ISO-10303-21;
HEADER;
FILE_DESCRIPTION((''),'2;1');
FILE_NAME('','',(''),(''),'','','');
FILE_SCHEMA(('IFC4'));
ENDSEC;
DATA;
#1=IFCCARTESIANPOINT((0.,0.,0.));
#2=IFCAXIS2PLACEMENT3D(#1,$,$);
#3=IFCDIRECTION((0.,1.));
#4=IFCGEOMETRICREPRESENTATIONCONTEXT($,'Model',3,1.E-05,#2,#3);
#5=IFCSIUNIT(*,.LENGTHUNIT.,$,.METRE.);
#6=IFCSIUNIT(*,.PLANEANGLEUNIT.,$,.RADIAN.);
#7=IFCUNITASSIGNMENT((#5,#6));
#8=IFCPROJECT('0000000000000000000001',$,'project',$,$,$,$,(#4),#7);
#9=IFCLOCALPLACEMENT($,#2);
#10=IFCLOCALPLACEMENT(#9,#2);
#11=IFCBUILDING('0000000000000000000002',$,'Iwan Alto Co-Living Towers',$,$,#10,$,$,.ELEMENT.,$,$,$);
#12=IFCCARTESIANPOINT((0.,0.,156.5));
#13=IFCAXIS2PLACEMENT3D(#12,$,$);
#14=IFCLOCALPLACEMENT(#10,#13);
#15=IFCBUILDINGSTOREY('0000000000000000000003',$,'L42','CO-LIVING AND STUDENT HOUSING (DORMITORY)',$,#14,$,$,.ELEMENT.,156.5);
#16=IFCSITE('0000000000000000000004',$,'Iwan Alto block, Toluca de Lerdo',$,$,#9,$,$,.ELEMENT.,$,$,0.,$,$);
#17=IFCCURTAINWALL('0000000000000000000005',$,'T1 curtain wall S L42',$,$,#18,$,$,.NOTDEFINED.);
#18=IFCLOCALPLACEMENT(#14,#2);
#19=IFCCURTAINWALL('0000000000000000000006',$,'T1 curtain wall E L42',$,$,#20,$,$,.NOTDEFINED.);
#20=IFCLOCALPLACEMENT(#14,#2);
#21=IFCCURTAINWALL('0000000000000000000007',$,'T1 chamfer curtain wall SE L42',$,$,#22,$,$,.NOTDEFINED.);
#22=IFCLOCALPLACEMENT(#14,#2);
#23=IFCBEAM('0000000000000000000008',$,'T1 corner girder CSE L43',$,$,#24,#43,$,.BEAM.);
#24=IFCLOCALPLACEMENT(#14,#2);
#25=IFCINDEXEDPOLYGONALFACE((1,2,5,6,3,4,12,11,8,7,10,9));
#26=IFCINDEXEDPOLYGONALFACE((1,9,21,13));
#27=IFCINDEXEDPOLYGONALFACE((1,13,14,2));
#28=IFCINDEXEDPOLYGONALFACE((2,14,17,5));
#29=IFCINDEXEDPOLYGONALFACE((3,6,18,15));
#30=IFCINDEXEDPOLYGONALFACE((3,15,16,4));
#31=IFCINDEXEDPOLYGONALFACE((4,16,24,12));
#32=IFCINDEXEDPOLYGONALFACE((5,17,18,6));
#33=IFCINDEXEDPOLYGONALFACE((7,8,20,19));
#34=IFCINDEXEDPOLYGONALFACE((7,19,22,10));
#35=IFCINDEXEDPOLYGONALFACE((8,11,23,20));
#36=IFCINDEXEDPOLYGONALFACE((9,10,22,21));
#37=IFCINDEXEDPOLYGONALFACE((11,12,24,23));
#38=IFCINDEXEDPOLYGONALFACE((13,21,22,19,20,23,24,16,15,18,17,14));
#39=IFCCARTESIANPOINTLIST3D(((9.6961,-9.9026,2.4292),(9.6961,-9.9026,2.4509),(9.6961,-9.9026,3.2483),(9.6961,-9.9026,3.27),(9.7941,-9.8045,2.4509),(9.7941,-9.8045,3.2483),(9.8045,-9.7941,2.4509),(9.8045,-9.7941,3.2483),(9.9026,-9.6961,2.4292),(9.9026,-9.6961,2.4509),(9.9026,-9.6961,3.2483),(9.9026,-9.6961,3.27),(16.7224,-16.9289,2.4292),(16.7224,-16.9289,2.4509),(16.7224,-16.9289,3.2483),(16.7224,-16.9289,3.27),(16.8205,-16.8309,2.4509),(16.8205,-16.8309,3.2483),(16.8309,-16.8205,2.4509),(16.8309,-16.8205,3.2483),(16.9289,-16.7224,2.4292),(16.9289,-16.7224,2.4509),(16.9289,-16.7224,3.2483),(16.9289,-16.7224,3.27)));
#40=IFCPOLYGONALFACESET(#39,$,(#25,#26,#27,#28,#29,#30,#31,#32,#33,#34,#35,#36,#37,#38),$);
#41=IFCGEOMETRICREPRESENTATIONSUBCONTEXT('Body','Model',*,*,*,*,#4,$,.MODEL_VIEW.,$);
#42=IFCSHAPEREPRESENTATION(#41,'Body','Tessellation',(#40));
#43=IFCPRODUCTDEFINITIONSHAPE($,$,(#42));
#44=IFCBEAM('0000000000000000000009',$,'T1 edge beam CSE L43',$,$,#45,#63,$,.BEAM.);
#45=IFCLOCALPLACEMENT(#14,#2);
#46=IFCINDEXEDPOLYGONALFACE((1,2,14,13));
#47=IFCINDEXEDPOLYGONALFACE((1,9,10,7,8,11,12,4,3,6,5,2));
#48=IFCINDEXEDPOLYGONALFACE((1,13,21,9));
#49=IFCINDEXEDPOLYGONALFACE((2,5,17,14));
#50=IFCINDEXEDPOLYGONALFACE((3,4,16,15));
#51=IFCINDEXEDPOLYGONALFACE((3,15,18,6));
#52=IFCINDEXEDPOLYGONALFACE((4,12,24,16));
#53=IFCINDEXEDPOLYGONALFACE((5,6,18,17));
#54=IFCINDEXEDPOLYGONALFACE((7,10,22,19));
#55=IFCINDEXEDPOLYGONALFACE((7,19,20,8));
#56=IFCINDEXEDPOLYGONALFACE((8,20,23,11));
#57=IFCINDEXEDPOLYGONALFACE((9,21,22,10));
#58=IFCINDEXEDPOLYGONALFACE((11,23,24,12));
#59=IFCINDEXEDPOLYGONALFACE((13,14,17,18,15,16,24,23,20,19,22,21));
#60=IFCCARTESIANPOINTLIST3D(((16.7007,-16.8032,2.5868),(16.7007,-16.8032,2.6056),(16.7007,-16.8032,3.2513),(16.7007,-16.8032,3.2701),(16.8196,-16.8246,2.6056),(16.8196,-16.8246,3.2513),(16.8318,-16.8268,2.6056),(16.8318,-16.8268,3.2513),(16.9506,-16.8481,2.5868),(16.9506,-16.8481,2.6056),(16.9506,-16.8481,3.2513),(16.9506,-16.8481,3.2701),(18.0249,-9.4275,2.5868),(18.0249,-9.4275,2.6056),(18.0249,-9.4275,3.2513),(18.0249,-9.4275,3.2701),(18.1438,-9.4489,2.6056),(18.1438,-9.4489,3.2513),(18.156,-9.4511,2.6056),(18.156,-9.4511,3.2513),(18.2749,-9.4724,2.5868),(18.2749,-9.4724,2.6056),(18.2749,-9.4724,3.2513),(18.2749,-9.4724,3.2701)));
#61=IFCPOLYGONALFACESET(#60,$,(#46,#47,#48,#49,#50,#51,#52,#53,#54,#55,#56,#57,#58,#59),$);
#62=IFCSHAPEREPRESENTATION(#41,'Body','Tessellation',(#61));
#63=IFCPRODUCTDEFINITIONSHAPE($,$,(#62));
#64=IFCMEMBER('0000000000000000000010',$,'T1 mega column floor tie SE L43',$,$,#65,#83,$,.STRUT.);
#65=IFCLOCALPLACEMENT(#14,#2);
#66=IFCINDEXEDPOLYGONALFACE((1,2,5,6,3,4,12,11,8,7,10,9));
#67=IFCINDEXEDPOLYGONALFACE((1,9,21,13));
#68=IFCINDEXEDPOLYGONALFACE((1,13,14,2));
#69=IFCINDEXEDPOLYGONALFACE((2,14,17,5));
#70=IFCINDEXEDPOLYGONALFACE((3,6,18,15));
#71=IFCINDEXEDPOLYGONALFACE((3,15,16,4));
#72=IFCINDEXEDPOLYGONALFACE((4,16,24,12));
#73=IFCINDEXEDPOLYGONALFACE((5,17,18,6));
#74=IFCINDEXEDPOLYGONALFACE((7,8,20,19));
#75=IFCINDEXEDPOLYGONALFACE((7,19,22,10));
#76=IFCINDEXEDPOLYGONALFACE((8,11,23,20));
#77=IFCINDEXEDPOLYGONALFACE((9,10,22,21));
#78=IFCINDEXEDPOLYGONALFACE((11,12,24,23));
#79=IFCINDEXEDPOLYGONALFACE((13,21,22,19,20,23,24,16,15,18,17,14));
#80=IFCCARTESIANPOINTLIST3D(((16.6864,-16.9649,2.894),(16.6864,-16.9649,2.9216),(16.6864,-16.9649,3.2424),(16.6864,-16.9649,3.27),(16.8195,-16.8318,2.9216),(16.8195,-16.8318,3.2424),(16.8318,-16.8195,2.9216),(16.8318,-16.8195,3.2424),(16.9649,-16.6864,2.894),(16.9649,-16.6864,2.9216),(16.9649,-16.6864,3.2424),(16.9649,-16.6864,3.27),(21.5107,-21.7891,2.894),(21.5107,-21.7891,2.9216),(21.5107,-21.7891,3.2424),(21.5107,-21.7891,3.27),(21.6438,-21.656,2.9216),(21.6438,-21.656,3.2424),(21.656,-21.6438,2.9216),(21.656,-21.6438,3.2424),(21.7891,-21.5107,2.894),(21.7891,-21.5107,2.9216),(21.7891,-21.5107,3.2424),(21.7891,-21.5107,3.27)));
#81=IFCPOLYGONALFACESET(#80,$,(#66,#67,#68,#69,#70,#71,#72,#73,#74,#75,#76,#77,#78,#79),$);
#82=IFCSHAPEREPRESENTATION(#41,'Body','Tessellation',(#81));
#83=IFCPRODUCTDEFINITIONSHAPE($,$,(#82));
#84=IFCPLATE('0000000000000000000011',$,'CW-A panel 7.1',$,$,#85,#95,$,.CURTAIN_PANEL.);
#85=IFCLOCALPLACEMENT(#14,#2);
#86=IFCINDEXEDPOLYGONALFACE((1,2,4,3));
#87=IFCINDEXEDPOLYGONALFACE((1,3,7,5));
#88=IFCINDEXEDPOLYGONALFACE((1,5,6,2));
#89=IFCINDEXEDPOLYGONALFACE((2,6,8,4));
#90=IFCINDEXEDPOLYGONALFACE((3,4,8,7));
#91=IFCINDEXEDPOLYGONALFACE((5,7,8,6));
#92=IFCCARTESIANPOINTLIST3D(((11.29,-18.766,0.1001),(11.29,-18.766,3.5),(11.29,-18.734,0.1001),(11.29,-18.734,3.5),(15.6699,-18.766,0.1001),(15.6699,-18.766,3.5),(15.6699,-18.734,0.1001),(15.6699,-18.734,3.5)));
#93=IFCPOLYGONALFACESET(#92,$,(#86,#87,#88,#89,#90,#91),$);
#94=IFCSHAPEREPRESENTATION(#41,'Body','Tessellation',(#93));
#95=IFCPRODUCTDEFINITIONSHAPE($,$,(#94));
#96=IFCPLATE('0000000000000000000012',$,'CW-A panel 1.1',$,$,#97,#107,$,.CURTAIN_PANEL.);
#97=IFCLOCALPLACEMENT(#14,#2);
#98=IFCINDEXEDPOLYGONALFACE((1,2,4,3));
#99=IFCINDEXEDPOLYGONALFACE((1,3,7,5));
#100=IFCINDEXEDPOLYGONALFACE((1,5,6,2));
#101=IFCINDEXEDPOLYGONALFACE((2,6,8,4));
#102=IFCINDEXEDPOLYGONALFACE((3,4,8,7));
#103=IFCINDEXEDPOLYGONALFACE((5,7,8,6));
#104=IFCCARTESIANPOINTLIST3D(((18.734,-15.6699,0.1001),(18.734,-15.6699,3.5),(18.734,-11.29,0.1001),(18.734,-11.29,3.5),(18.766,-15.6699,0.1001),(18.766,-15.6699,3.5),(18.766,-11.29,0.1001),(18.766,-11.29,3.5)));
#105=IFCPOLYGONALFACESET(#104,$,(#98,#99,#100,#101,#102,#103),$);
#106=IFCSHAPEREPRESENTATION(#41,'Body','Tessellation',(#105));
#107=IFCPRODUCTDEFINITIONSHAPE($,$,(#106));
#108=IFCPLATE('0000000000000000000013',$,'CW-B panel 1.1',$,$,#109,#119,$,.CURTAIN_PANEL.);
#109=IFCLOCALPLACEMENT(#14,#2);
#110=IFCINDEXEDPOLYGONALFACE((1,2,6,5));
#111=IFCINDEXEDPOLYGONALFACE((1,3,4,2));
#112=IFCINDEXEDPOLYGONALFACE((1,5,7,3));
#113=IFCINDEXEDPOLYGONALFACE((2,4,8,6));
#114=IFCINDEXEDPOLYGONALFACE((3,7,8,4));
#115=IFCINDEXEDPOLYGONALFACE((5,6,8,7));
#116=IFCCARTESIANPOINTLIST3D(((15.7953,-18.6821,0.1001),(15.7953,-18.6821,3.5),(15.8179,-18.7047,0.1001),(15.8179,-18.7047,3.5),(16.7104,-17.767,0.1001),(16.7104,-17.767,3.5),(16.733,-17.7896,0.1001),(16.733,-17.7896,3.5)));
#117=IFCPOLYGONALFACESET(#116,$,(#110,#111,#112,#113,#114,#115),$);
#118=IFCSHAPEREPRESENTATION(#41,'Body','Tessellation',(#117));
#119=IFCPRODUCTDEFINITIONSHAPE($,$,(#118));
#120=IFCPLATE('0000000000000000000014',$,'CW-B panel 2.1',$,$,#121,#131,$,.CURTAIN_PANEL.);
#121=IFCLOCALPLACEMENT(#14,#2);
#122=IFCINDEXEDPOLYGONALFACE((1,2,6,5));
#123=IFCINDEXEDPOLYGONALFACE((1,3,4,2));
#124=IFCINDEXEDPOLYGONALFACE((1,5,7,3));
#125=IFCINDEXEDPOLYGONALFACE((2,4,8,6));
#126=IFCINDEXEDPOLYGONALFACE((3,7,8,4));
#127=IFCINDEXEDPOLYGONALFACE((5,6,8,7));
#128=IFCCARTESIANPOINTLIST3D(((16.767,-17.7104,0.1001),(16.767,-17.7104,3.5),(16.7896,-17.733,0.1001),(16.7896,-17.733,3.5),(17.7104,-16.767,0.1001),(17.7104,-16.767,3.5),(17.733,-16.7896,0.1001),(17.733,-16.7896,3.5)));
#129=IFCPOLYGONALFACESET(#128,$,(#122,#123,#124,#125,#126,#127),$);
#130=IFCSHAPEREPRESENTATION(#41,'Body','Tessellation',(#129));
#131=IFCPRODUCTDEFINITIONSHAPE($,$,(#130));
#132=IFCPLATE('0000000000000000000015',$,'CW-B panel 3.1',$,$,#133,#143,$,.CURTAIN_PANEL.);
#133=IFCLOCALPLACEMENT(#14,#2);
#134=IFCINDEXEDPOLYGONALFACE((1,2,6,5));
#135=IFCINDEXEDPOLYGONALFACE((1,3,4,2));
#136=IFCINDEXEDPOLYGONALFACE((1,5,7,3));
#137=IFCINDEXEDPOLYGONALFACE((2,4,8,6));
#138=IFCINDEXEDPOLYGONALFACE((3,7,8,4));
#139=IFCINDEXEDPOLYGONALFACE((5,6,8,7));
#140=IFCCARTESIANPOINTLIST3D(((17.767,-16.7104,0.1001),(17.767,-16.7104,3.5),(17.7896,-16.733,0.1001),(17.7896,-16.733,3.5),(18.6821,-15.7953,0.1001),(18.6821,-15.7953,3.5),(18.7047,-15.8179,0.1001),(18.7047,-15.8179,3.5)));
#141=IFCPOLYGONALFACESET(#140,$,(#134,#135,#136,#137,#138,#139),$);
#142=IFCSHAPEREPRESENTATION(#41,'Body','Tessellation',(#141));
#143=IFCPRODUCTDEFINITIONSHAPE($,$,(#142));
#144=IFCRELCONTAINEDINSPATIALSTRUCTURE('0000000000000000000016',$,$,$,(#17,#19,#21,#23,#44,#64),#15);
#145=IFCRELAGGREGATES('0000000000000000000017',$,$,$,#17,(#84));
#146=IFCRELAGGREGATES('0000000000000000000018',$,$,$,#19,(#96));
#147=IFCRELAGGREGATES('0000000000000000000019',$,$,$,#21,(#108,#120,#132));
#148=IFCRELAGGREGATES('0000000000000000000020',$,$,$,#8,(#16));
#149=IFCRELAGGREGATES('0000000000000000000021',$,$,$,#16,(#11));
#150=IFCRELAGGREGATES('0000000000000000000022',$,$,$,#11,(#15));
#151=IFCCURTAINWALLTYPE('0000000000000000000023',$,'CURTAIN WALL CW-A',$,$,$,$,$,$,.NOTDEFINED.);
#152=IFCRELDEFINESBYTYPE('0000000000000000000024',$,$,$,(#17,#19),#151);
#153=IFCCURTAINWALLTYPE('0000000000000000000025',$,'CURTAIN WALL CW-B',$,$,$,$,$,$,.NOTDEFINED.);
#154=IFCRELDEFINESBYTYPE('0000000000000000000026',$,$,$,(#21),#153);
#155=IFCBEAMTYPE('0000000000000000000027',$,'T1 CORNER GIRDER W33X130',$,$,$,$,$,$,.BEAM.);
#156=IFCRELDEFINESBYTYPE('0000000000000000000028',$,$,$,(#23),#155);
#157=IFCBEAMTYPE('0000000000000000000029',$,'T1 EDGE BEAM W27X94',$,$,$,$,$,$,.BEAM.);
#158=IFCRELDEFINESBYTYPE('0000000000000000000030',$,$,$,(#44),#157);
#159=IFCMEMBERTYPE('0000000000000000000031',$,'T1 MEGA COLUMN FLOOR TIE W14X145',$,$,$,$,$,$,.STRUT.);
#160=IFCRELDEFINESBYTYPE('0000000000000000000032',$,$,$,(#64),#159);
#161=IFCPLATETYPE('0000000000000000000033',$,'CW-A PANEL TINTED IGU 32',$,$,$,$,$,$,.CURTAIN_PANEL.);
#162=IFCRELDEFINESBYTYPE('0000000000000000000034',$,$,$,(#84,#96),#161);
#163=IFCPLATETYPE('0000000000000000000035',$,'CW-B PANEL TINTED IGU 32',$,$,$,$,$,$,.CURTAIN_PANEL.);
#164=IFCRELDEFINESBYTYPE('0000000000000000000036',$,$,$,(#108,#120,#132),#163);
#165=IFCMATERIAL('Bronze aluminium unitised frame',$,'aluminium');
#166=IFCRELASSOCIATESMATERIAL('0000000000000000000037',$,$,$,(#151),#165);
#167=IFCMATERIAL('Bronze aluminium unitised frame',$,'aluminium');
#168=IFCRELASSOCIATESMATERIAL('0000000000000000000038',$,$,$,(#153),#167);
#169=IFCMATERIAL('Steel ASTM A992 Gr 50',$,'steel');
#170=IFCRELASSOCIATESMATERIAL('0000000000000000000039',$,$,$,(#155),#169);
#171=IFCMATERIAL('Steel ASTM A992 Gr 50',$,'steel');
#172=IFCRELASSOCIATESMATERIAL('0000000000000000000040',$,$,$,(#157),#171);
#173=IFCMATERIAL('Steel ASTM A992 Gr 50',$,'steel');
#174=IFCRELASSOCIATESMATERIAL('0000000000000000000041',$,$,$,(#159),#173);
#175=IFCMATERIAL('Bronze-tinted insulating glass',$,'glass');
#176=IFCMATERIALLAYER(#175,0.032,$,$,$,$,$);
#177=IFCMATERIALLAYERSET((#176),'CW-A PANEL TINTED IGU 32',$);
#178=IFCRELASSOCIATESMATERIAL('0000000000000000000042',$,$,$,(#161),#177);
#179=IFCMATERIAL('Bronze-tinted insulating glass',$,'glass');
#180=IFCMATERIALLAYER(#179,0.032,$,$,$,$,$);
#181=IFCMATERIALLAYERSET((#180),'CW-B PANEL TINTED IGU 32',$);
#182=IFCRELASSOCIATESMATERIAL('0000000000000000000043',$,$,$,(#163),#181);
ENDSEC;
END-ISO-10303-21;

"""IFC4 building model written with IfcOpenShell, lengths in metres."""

from ifc_helpers import new_model, si_unit, direction, frame, origin, origin_2d, place, context, subcontext, project, spatial, rectangle, i_section, extrude, material, layer, layer_set, material_profile, profile_set, type_object, element, aggregate, save


model = new_model("IFC4")

# Units and contexts
model_context = context("Model", 3, precision=1e-05, world=origin(), true_north=direction((0.0, 1.0)))
body_context = subcontext(model_context, "Body", "Model", "MODEL_VIEW")
ifc_project = project(units=[si_unit("LENGTHUNIT", "METRE"), si_unit("PLANEANGLEUNIT", "RADIAN")], contexts=[model_context])

# Site, building, storey
site_placement = place(None, origin())
site = spatial("IfcSite", under=ifc_project, at=site_placement, Name="Iwan Alto block, Toluca de Lerdo", CompositionType="ELEMENT", RefElevation=0.0)
building_placement = place(site_placement, origin())
building = spatial("IfcBuilding", under=site, at=building_placement, Name="Iwan Alto Co-Living Towers", CompositionType="ELEMENT")
storey_placement = place(building_placement, frame((0.0, 0.0, 156.5)))
storey = spatial("IfcBuildingStorey", under=building, at=storey_placement, Name="L42", Description="CO-LIVING AND STUDENT HOUSING (DORMITORY)", CompositionType="ELEMENT", Elevation=156.5)

# Curtain wall
ifc_material_1 = material(Name="Bronze aluminium unitised frame", Category="aluminium")
curtain_wall_type_1 = type_object("IfcCurtainWallType", Name="CURTAIN WALL CW-A", PredefinedType="NOTDEFINED", material=ifc_material_1)
curtain_wall_1_placement = place(storey_placement, origin())
curtain_wall_1 = element("IfcCurtainWall", 1, at=curtain_wall_1_placement, inside=storey, type_object=curtain_wall_type_1, Name="T1 curtain wall S L42", PredefinedType="NOTDEFINED")

# Curtain walls
curtain_wall_2_placement = place(storey_placement, origin())
curtain_wall_2 = element("IfcCurtainWall", 2, at=curtain_wall_2_placement, inside=storey, type_object=curtain_wall_type_1, Name="T1 curtain wall E L42", PredefinedType="NOTDEFINED")
ifc_material_2 = material(Name="Bronze aluminium unitised frame", Category="aluminium")
curtain_wall_type_2 = type_object("IfcCurtainWallType", Name="CURTAIN WALL CW-B", PredefinedType="NOTDEFINED", material=ifc_material_2)
curtain_wall_3_placement = place(storey_placement, origin())
curtain_wall_3 = element("IfcCurtainWall", 3, at=curtain_wall_3_placement, inside=storey, type_object=curtain_wall_type_2, Name="T1 chamfer curtain wall SE L42", PredefinedType="NOTDEFINED")

# Beams
ifc_material_3 = material(Name="Steel ASTM A992 Gr 50", Category="steel")
ifc_material_profile_1 = material_profile(ifc_material_3, i_section(OverallWidth=0.292, OverallDepth=0.8408, WebThickness=0.0146, FlangeThickness=0.0217, at=origin_2d()), Name="W33X130")
ifc_profile_set_1 = profile_set([ifc_material_profile_1], Name="Steel ASTM A992 Gr 50")
beam_type_1 = type_object("IfcBeamType", Name="T1 CORNER GIRDER W33X130", PredefinedType="BEAM", material=ifc_profile_set_1)
beam_1_placement = place(storey_placement, frame((16.8257, -16.8257, 2.8496), z_axis=(-0.707107, 0.707107, 0.0), x_axis=(-0.707107, -0.707107, 0.0)))
element("IfcBeam", 4, at=beam_1_placement, inside=storey, type_object=beam_type_1, Name="T1 corner girder CSE L43", PredefinedType="BEAM", context=body_context, shape_type="SweptSolid", body=[
    extrude(i_section(OverallWidth=0.292, OverallDepth=0.8408, WebThickness=0.0146, FlangeThickness=0.0217, at=origin_2d()), origin(), (0.0, 0.0, 1.0), 9.9368),
])
ifc_material_4 = material(Name="Steel ASTM A992 Gr 50", Category="steel")
ifc_material_profile_2 = material_profile(ifc_material_4, i_section(OverallWidth=0.2539, OverallDepth=0.6833, WebThickness=0.0125, FlangeThickness=0.0188, at=origin_2d()), Name="W27X94")
ifc_profile_set_2 = profile_set([ifc_material_profile_2], Name="Steel ASTM A992 Gr 50")
beam_type_2 = type_object("IfcBeamType", Name="T1 EDGE BEAM W27X94", PredefinedType="BEAM", material=ifc_profile_set_2)
beam_2_placement = place(storey_placement, frame((16.8257, -16.8257, 2.9285), z_axis=(0.176712, 0.984263, 0.0), x_axis=(-0.984263, 0.176712, 0.0)))
element("IfcBeam", 5, at=beam_2_placement, inside=storey, type_object=beam_type_2, Name="T1 edge beam CSE L43", PredefinedType="BEAM", context=body_context, shape_type="SweptSolid", body=[
    extrude(i_section(OverallWidth=0.2539, OverallDepth=0.6833, WebThickness=0.0125, FlangeThickness=0.0188, at=origin_2d()), origin(), (0.0, 0.0, 1.0), 7.4937),
])

# Member
ifc_material_5 = material(Name="Steel ASTM A992 Gr 50", Category="steel")
ifc_material_profile_3 = material_profile(ifc_material_5, i_section(OverallWidth=0.3938, OverallDepth=0.376, WebThickness=0.0173, FlangeThickness=0.0276, at=origin_2d()), Name="W14X145")
ifc_profile_set_3 = profile_set([ifc_material_profile_3], Name="Steel ASTM A992 Gr 50")
member_type_1 = type_object("IfcMemberType", Name="T1 MEGA COLUMN FLOOR TIE W14X145", PredefinedType="STRUT", material=ifc_profile_set_3)
member_1_placement = place(storey_placement, frame((21.6499, -21.6499, 3.082), z_axis=(-0.707107, 0.707107, 0.0), x_axis=(-0.707107, -0.707107, 0.0)))
element("IfcMember", 6, at=member_1_placement, inside=storey, type_object=member_type_1, Name="T1 mega column floor tie SE L43", PredefinedType="STRUT", context=body_context, shape_type="SweptSolid", body=[
    extrude(i_section(OverallWidth=0.3938, OverallDepth=0.376, WebThickness=0.0173, FlangeThickness=0.0276, at=origin_2d()), origin(), (0.0, 0.0, 1.0), 6.8225),
])

# Plates
ifc_material_6 = material(Name="Bronze-tinted insulating glass", Category="glass")
ifc_layer_1 = layer(ifc_material_6, 0.032)
ifc_layer_set_1 = layer_set([ifc_layer_1], Name="CW-A PANEL TINTED IGU 32")
plate_type_1 = type_object("IfcPlateType", Name="CW-A PANEL TINTED IGU 32", PredefinedType="CURTAIN_PANEL", material=ifc_layer_set_1)
plate_1_placement = place(storey_placement, frame((13.48, -18.75, 0.1001), z_axis=(0.0, 0.0, 1.0), x_axis=(1.0, 0.0, 0.0)))
plate_1 = element("IfcPlate", 7, at=plate_1_placement, type_object=plate_type_1, Name="CW-A panel 7.1", PredefinedType="CURTAIN_PANEL", context=body_context, shape_type="SweptSolid", body=[
    extrude(rectangle(XDim=4.3799, YDim=0.032, at=origin_2d()), origin(), (0.0, 0.0, 1.0), 3.3999),
])
aggregate(curtain_wall_1, [plate_1])
plate_2_placement = place(storey_placement, frame((18.75, -13.48, 0.1001), z_axis=(0.0, 0.0, 1.0), x_axis=(0.0, 1.0, 0.0)))
plate_2 = element("IfcPlate", 8, at=plate_2_placement, type_object=plate_type_1, Name="CW-A panel 1.1", PredefinedType="CURTAIN_PANEL", context=body_context, shape_type="SweptSolid", body=[
    extrude(rectangle(XDim=4.3799, YDim=0.032, at=origin_2d()), origin(), (0.0, 0.0, 1.0), 3.3999),
])
aggregate(curtain_wall_2, [plate_2])
ifc_material_7 = material(Name="Bronze-tinted insulating glass", Category="glass")
ifc_layer_2 = layer(ifc_material_7, 0.032)
ifc_layer_set_2 = layer_set([ifc_layer_2], Name="CW-B PANEL TINTED IGU 32")
plate_type_2 = type_object("IfcPlateType", Name="CW-B PANEL TINTED IGU 32", PredefinedType="CURTAIN_PANEL", material=ifc_layer_set_2)
plate_3_placement = place(storey_placement, frame((16.2642, -18.2358, 0.1001), z_axis=(0.0, 0.0, 1.0), x_axis=(0.707107, 0.707107, 0.0)))
plate_3 = element("IfcPlate", 9, at=plate_3_placement, type_object=plate_type_2, Name="CW-B panel 1.1", PredefinedType="CURTAIN_PANEL", context=body_context, shape_type="SweptSolid", body=[
    extrude(rectangle(XDim=1.2942, YDim=0.032, at=origin_2d()), origin(), (0.0, 0.0, 1.0), 3.3999),
])
plate_4_placement = place(storey_placement, frame((17.25, -17.25, 0.1001), z_axis=(0.0, 0.0, 1.0), x_axis=(0.707107, 0.707107, 0.0)))
plate_4 = element("IfcPlate", 10, at=plate_4_placement, type_object=plate_type_2, Name="CW-B panel 2.1", PredefinedType="CURTAIN_PANEL", context=body_context, shape_type="SweptSolid", body=[
    extrude(rectangle(XDim=1.3342, YDim=0.032, at=origin_2d()), origin(), (0.0, 0.0, 1.0), 3.3999),
])
plate_5_placement = place(storey_placement, frame((18.2358, -16.2642, 0.1001), z_axis=(0.0, 0.0, 1.0), x_axis=(0.707107, 0.707107, 0.0)))
plate_5 = element("IfcPlate", 11, at=plate_5_placement, type_object=plate_type_2, Name="CW-B panel 3.1", PredefinedType="CURTAIN_PANEL", context=body_context, shape_type="SweptSolid", body=[
    extrude(rectangle(XDim=1.2942, YDim=0.032, at=origin_2d()), origin(), (0.0, 0.0, 1.0), 3.3999),
])
aggregate(curtain_wall_3, [plate_3, plate_4, plate_5])

save(model, "model.ifc")
